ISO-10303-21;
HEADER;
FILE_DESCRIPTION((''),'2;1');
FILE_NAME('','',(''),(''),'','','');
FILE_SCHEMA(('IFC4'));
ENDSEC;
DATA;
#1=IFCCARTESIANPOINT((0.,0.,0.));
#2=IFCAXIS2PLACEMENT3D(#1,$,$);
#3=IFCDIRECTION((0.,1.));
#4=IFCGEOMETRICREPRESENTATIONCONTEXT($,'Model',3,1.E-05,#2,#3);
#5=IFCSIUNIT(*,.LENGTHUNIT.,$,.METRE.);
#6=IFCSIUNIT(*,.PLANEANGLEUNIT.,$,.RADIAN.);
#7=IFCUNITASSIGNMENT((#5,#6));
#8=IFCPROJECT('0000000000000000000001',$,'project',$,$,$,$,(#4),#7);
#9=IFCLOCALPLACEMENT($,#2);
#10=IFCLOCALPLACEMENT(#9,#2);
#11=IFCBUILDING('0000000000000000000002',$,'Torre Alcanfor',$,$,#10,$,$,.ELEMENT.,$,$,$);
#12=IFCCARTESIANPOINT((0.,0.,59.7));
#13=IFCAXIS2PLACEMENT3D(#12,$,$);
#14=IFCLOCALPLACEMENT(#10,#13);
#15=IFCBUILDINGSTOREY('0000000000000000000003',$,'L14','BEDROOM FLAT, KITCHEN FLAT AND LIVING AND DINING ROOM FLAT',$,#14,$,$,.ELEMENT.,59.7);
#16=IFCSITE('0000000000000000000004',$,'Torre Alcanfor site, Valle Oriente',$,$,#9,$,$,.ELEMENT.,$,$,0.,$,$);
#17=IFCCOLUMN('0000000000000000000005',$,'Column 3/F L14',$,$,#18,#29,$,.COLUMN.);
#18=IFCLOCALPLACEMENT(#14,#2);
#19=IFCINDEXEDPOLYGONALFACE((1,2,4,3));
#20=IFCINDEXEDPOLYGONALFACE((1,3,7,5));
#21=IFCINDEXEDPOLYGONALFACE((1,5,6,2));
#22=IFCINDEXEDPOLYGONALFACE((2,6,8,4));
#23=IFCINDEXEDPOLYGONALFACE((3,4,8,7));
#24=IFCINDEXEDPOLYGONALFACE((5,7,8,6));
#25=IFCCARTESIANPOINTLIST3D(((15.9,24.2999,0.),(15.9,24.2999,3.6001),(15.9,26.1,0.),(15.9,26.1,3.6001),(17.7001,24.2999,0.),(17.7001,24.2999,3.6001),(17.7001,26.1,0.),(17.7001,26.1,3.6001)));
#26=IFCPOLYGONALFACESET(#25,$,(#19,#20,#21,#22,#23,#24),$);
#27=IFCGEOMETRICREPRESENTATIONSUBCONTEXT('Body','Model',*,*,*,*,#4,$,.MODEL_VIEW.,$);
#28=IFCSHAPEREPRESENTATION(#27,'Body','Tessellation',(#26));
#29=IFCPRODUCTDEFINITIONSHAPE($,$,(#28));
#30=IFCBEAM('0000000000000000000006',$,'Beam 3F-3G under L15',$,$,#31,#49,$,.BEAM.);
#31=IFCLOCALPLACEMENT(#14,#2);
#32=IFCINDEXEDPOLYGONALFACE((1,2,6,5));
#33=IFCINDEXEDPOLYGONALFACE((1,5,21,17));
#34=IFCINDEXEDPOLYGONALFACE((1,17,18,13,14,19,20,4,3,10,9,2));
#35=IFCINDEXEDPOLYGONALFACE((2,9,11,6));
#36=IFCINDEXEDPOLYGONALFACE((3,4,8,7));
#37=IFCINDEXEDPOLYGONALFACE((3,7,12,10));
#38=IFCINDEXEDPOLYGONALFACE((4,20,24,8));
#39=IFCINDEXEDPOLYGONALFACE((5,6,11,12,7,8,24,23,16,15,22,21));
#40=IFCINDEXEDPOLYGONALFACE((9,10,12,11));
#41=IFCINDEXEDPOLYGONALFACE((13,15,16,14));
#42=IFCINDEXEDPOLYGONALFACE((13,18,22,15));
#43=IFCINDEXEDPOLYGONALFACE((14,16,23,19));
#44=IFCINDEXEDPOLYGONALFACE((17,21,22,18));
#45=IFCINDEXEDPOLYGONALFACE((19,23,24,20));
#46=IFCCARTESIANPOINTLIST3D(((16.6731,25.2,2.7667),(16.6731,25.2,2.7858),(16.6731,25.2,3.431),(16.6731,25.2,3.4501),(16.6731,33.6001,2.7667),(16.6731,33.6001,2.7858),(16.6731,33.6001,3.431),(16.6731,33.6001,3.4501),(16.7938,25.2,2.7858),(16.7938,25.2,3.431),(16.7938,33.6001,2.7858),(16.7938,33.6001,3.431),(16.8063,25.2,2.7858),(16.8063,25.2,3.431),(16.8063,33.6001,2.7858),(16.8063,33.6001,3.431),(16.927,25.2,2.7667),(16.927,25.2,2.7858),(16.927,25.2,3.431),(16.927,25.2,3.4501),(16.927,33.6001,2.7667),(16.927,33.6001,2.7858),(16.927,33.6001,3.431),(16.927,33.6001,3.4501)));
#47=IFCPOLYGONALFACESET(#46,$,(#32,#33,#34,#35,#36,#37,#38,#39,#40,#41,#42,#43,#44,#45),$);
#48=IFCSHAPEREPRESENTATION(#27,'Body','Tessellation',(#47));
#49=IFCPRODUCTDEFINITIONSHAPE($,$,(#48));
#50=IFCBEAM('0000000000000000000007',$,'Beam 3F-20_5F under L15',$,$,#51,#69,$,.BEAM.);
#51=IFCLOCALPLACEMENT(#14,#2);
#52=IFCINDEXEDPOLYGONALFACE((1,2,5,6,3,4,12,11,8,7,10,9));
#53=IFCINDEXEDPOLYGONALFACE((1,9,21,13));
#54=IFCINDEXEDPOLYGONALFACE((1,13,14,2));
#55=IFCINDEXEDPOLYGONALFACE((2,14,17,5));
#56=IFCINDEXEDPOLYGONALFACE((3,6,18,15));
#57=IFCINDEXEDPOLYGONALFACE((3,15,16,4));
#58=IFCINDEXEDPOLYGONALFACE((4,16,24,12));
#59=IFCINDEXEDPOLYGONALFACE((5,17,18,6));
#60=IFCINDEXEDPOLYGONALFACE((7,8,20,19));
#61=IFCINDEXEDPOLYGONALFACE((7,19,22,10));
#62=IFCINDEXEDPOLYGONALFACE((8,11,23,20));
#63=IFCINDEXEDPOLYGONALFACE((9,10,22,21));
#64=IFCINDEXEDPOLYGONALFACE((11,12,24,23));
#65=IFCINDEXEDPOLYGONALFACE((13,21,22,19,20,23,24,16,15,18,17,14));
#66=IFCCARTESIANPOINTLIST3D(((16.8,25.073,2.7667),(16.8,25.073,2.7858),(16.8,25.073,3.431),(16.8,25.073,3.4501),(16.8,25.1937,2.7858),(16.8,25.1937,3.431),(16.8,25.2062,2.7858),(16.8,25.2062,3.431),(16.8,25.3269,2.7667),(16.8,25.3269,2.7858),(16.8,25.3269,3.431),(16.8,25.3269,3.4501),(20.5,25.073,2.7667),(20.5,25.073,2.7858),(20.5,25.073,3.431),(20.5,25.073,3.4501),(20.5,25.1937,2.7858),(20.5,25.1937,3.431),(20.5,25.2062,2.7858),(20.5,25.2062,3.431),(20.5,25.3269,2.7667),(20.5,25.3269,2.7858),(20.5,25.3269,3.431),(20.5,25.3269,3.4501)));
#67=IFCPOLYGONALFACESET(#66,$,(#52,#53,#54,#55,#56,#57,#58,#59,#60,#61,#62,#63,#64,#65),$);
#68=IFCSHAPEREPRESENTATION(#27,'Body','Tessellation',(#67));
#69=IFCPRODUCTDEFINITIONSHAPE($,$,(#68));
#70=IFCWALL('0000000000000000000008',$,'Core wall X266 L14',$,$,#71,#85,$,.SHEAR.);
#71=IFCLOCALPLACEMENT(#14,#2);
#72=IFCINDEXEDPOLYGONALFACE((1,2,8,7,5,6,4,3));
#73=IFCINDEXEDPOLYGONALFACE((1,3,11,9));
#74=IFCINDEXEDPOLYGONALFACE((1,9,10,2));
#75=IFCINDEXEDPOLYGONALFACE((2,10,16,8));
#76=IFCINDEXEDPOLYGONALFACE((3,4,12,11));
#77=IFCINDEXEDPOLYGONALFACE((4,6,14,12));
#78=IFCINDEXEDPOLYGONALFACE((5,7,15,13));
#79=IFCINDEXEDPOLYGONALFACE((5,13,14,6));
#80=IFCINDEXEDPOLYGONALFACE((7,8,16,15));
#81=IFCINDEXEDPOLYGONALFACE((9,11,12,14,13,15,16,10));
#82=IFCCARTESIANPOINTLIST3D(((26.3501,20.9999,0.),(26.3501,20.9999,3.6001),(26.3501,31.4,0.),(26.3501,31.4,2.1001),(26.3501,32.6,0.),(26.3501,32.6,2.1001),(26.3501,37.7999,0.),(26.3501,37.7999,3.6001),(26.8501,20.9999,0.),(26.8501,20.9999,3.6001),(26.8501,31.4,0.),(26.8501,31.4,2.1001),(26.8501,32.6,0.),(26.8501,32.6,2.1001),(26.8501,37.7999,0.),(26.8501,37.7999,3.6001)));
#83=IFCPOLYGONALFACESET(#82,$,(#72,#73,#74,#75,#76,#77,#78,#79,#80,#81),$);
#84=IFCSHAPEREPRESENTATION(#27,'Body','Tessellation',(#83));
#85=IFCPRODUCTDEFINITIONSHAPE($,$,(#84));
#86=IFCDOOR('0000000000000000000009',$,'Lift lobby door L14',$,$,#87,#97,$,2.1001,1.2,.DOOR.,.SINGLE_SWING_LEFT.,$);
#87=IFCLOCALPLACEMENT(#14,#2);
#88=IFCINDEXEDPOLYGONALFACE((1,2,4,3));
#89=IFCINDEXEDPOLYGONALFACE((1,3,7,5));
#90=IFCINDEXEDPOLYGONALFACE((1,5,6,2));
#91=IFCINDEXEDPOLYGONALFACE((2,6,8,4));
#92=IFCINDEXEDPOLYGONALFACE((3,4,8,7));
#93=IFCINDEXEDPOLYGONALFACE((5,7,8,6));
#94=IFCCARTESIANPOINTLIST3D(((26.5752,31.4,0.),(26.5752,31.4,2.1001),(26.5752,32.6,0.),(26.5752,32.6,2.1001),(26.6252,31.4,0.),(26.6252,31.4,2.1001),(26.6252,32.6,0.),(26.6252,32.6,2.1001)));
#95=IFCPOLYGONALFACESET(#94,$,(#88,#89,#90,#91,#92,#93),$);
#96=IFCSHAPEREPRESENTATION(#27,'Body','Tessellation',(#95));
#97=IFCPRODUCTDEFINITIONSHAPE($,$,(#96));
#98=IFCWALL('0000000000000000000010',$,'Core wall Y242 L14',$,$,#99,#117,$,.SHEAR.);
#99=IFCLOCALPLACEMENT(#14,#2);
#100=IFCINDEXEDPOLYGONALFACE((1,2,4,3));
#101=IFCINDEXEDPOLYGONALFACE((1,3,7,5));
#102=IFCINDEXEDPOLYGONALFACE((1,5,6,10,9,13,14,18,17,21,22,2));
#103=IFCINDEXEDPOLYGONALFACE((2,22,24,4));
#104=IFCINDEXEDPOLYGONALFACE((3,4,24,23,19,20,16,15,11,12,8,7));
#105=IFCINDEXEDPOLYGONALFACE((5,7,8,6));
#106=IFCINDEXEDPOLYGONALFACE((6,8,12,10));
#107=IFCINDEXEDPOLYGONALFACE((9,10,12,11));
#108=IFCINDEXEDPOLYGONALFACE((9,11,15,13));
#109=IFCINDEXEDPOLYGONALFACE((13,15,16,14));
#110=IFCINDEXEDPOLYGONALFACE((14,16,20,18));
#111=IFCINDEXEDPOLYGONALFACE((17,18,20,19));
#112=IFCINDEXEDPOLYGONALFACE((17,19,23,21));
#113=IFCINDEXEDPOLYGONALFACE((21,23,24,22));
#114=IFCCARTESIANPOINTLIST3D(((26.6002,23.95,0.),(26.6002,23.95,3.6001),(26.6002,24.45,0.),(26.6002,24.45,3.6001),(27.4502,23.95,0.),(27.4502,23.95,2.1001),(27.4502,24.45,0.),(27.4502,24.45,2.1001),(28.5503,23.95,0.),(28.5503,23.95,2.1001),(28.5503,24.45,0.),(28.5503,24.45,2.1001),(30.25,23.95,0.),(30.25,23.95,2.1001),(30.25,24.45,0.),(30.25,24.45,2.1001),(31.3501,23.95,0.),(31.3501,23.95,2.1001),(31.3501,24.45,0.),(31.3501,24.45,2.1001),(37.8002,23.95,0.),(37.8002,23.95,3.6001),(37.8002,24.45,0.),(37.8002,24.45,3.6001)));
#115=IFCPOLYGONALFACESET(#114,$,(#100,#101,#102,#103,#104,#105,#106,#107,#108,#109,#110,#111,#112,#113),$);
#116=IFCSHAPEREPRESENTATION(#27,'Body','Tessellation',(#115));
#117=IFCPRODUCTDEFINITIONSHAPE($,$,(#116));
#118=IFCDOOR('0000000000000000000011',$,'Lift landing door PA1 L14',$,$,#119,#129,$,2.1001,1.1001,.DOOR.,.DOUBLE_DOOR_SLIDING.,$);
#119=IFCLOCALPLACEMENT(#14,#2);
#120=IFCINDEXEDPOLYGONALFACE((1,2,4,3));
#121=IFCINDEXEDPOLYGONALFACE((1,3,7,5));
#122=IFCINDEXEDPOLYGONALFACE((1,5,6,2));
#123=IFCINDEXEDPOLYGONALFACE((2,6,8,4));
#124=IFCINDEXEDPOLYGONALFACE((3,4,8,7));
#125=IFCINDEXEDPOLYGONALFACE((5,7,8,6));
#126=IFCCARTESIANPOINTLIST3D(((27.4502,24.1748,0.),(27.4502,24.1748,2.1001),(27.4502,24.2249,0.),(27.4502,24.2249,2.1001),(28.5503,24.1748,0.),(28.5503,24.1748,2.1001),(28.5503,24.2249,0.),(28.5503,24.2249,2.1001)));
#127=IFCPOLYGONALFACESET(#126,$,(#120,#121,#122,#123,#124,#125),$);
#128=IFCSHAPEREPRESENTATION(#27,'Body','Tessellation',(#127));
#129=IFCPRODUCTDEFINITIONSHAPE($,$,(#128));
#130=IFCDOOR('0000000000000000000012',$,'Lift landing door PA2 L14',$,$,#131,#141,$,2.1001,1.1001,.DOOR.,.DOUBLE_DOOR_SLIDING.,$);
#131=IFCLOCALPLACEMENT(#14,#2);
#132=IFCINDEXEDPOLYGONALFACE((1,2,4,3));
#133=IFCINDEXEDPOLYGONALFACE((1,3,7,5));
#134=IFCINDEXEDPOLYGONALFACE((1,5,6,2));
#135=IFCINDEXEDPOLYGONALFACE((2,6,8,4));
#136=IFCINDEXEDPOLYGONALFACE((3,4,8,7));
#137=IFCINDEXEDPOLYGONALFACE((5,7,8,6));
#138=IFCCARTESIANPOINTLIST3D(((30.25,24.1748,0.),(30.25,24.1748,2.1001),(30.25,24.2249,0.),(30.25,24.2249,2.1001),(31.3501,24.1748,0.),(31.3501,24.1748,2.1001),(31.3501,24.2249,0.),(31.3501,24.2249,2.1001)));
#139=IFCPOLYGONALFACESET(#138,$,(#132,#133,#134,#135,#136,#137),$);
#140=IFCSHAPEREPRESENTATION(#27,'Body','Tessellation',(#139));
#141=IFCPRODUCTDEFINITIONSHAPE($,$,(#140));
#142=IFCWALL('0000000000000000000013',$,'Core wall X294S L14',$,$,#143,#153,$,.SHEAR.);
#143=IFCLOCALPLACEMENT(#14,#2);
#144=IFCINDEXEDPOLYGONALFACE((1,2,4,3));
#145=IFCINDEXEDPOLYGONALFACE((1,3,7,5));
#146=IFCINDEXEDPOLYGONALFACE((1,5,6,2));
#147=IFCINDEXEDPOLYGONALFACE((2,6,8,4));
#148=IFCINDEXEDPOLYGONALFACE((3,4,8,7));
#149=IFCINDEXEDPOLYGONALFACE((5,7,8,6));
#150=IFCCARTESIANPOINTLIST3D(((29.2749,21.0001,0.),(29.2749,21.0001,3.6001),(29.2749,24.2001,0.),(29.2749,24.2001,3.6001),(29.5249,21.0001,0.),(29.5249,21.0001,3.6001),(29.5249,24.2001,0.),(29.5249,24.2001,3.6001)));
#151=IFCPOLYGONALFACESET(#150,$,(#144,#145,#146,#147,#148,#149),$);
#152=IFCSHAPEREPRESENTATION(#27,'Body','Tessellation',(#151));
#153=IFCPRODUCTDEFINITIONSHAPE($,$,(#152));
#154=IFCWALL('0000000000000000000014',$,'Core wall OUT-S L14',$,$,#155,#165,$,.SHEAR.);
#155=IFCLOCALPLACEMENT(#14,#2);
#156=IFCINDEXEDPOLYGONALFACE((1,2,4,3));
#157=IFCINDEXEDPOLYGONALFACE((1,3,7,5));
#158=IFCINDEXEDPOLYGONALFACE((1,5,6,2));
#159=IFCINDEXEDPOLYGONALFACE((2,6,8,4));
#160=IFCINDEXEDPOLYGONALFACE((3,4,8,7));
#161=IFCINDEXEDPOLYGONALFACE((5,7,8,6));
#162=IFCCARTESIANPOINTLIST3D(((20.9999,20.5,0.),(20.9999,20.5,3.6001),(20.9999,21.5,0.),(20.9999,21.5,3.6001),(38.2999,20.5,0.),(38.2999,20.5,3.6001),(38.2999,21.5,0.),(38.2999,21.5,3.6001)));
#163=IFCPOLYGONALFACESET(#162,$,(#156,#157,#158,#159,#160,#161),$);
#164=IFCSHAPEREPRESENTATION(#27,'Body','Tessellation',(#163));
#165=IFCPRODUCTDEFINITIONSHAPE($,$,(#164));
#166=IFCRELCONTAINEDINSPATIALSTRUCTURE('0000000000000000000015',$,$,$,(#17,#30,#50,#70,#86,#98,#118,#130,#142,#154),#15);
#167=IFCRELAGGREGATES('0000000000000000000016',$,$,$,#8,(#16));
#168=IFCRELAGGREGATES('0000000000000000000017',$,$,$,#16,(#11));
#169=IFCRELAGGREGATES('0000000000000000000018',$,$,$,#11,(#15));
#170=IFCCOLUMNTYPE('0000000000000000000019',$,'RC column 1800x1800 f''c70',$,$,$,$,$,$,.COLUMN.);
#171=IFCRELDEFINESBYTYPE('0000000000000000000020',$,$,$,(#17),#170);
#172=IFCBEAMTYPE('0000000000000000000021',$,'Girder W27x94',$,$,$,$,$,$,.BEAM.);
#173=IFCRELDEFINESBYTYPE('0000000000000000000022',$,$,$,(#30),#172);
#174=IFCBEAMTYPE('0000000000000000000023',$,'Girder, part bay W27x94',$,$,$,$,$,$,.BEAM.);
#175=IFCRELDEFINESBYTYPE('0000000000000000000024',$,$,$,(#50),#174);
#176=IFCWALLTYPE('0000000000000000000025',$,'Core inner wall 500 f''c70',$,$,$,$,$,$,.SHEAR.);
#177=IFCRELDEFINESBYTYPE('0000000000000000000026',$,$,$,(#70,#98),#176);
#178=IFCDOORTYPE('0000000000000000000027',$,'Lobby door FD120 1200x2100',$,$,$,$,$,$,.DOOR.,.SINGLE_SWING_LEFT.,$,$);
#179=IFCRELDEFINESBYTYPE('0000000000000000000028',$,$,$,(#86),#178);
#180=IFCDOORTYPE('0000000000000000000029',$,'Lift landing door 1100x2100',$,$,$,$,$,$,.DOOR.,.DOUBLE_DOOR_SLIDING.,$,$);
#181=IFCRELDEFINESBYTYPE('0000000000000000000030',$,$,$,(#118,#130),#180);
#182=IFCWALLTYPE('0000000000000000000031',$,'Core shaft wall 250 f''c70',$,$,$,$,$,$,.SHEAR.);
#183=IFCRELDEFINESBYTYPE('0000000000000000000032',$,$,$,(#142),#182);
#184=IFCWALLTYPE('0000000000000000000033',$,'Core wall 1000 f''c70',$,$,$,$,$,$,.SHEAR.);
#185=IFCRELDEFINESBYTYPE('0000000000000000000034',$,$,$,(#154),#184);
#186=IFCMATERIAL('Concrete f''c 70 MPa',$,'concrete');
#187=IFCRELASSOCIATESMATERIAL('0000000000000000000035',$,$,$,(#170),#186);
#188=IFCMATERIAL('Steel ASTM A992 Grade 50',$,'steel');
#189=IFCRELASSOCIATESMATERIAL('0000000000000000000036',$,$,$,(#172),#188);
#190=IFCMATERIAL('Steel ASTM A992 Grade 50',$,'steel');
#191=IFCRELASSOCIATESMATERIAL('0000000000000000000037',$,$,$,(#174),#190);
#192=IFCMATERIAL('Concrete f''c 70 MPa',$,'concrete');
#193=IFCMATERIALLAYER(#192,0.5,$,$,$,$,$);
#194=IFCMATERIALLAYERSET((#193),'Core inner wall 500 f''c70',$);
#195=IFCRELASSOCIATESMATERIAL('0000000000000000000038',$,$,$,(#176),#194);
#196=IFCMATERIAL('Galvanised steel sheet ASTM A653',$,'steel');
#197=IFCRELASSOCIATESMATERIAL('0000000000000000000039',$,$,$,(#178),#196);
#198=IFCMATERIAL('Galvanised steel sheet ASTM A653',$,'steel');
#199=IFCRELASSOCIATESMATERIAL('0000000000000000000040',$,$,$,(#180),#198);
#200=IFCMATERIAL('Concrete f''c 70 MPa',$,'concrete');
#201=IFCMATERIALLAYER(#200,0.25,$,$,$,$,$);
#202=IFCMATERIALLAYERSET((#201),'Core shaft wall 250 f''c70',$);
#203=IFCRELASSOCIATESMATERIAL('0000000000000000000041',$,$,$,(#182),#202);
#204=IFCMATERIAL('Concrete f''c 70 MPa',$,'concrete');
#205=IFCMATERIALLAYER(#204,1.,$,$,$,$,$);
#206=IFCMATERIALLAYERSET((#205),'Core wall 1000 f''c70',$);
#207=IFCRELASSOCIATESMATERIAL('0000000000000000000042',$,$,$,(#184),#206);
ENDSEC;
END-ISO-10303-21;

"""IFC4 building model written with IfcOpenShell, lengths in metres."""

from ifc_helpers import new_model, si_unit, direction, frame, frame_2d, origin, origin_2d, place, context, subcontext, project, spatial, rectangle, i_section, extrude, material, layer, layer_set, material_profile, profile_set, type_object, element, fill, save


model = new_model("IFC4")

# Units and contexts
model_context = context("Model", 3, precision=1e-05, world=origin(), true_north=direction((0.0, 1.0)))
body_context = subcontext(model_context, "Body", "Model", "MODEL_VIEW")
ifc_project = project(units=[si_unit("LENGTHUNIT", "METRE"), si_unit("PLANEANGLEUNIT", "RADIAN")], contexts=[model_context])

# Site, building, storey
site_placement = place(None, origin())
site = spatial("IfcSite", under=ifc_project, at=site_placement, Name="Torre Alcanfor site, Valle Oriente", CompositionType="ELEMENT", RefElevation=0.0)
building_placement = place(site_placement, origin())
building = spatial("IfcBuilding", under=site, at=building_placement, Name="Torre Alcanfor", CompositionType="ELEMENT")
storey_placement = place(building_placement, frame((0.0, 0.0, 59.7)))
storey = spatial("IfcBuildingStorey", under=building, at=storey_placement, Name="L14", Description="BEDROOM FLAT, KITCHEN FLAT AND LIVING AND DINING ROOM FLAT", CompositionType="ELEMENT", Elevation=59.7)

# Column
ifc_material_1 = material(Name="Concrete f'c 70 MPa", Category="concrete")
ifc_material_profile_1 = material_profile(ifc_material_1, rectangle(XDim=1.8, YDim=1.8, at=origin_2d()), Name="1800x1800")
ifc_profile_set_1 = profile_set([ifc_material_profile_1], Name="Concrete f'c 70 MPa")
column_type = type_object("IfcColumnType", Name="RC column 1800x1800 f'c70", PredefinedType="COLUMN", material=ifc_profile_set_1)
column_placement = place(storey_placement, frame((16.8, 25.2, 0.0), z_axis=(0.0, 0.0, 1.0), x_axis=(1.0, 0.0, 0.0)))
element("IfcColumn", 1, at=column_placement, inside=storey, type_object=column_type, Name="Column 3/F L14", PredefinedType="COLUMN", context=body_context, shape_type="SweptSolid", body=[
    extrude(rectangle(XDim=1.8, YDim=1.8, at=origin_2d()), origin(), (0.0, 0.0, 1.0), 3.6001),
])

# Beams
ifc_material_2 = material(Name="Steel ASTM A992 Grade 50", Category="steel")
ifc_material_profile_2 = material_profile(ifc_material_2, i_section(OverallWidth=0.2539, OverallDepth=0.6833, WebThickness=0.0125, FlangeThickness=0.019, at=origin_2d()), Name="W27x94")
ifc_profile_set_2 = profile_set([ifc_material_profile_2], Name="Steel ASTM A992 Grade 50")
beam_type_1 = type_object("IfcBeamType", Name="Girder W27x94", PredefinedType="BEAM", material=ifc_profile_set_2)
beam_1_placement = place(storey_placement, frame((16.8, 25.2, 3.1084), z_axis=(0.0, 1.0, 0.0), x_axis=(-1.0, 0.0, 0.0)))
element("IfcBeam", 2, at=beam_1_placement, inside=storey, type_object=beam_type_1, Name="Beam 3F-3G under L15", PredefinedType="BEAM", context=body_context, shape_type="SweptSolid", body=[
    extrude(i_section(OverallWidth=0.2539, OverallDepth=0.6833, WebThickness=0.0125, FlangeThickness=0.019, at=origin_2d()), origin(), (0.0, 0.0, 1.0), 8.4001),
])
ifc_material_3 = material(Name="Steel ASTM A992 Grade 50", Category="steel")
ifc_material_profile_3 = material_profile(ifc_material_3, i_section(OverallWidth=0.2539, OverallDepth=0.6833, WebThickness=0.0125, FlangeThickness=0.019, at=origin_2d()), Name="W27x94")
ifc_profile_set_3 = profile_set([ifc_material_profile_3], Name="Steel ASTM A992 Grade 50")
beam_type_2 = type_object("IfcBeamType", Name="Girder, part bay W27x94", PredefinedType="BEAM", material=ifc_profile_set_3)
beam_2_placement = place(storey_placement, frame((16.8, 25.2, 3.1084), z_axis=(1.0, 0.0, 0.0), x_axis=(0.0, 1.0, 0.0)))
element("IfcBeam", 3, at=beam_2_placement, inside=storey, type_object=beam_type_2, Name="Beam 3F-20_5F under L15", PredefinedType="BEAM", context=body_context, shape_type="SweptSolid", body=[
    extrude(i_section(OverallWidth=0.2539, OverallDepth=0.6833, WebThickness=0.0125, FlangeThickness=0.019, at=origin_2d()), origin(), (0.0, 0.0, 1.0), 3.7),
])

# Wall, opening, door
ifc_material_4 = material(Name="Concrete f'c 70 MPa", Category="concrete")
ifc_layer_1 = layer(ifc_material_4, 0.5)
ifc_layer_set_1 = layer_set([ifc_layer_1], Name="Core inner wall 500 f'c70")
wall_type_1 = type_object("IfcWallType", Name="Core inner wall 500 f'c70", PredefinedType="SHEAR", material=ifc_layer_set_1)
wall_1_placement = place(storey_placement, frame((26.6001, 21.0, 0.0), z_axis=(0.0, 0.0, 1.0), x_axis=(0.0, 1.0, 0.0)))
wall_1 = element("IfcWall", 4, at=wall_1_placement, inside=storey, type_object=wall_type_1, Name="Core wall X266 L14", PredefinedType="SHEAR", context=body_context, shape_type="SweptSolid", body=[
    extrude(rectangle(XDim=16.8, YDim=0.5, at=frame_2d((8.3999, 0.0))), origin(), (0.0, 0.0, 1.0), 3.6001),
])
opening_1_placement = place(wall_1_placement, frame((10.3999, 0.0, 0.0)))
opening_1 = element("IfcOpeningElement", 5, at=opening_1_placement, cuts=wall_1, PredefinedType="OPENING", context=body_context, shape_type="SweptSolid", body=[
    extrude(rectangle(XDim=1.2, YDim=2.1001, at=frame_2d((0.6001, 1.05))), frame((0.0, 0.26, 0.0), z_axis=(0.0, -1.0, 0.0), x_axis=(1.0, 0.0, 0.0)), (0.0, 0.0, 1.0), 0.52),
])
ifc_material_5 = material(Name="Galvanised steel sheet ASTM A653", Category="steel")
door_type_1 = type_object("IfcDoorType", Name="Lobby door FD120 1200x2100", OperationType="SINGLE_SWING_LEFT", PredefinedType="DOOR", material=ifc_material_5)
door_1_placement = place(opening_1_placement, origin())
door_1 = element("IfcDoor", 6, at=door_1_placement, inside=storey, type_object=door_type_1, Name="Lift lobby door L14", OperationType="SINGLE_SWING_LEFT", OverallHeight=2.1001, OverallWidth=1.2, PredefinedType="DOOR", context=body_context, shape_type="SweptSolid", body=[
    extrude(rectangle(XDim=1.2, YDim=2.1001, at=frame_2d((0.6001, 1.05))), frame((0.0, 0.0249, 0.0), z_axis=(0.0, -1.0, 0.0), x_axis=(1.0, 0.0, 0.0)), (0.0, 0.0, 1.0), 0.05),
])
fill(opening_1, door_1)

# Wall, openings, doors
wall_2_placement = place(storey_placement, frame((26.6001, 24.2, 0.0), z_axis=(0.0, 0.0, 1.0), x_axis=(1.0, 0.0, 0.0)))
wall_2 = element("IfcWall", 7, at=wall_2_placement, inside=storey, type_object=wall_type_1, Name="Core wall Y242 L14", PredefinedType="SHEAR", context=body_context, shape_type="SweptSolid", body=[
    extrude(rectangle(XDim=11.2, YDim=0.5, at=frame_2d((5.6001, 0.0))), origin(), (0.0, 0.0, 1.0), 3.6001),
])
opening_2_placement = place(wall_2_placement, frame((0.8501, 0.0, 0.0)))
opening_2 = element("IfcOpeningElement", 8, at=opening_2_placement, cuts=wall_2, PredefinedType="OPENING", context=body_context, shape_type="SweptSolid", body=[
    extrude(rectangle(XDim=1.1001, YDim=2.1001, at=frame_2d((0.55, 1.05))), frame((0.0, 0.26, 0.0), z_axis=(0.0, -1.0, 0.0), x_axis=(1.0, 0.0, 0.0)), (0.0, 0.0, 1.0), 0.52),
])
opening_3_placement = place(wall_2_placement, frame((3.6499, 0.0, 0.0)))
opening_3 = element("IfcOpeningElement", 9, at=opening_3_placement, cuts=wall_2, PredefinedType="OPENING", context=body_context, shape_type="SweptSolid", body=[
    extrude(rectangle(XDim=1.1001, YDim=2.1001, at=frame_2d((0.55, 1.05))), frame((0.0, 0.26, 0.0), z_axis=(0.0, -1.0, 0.0), x_axis=(1.0, 0.0, 0.0)), (0.0, 0.0, 1.0), 0.52),
])
ifc_material_6 = material(Name="Galvanised steel sheet ASTM A653", Category="steel")
door_type_2 = type_object("IfcDoorType", Name="Lift landing door 1100x2100", OperationType="DOUBLE_DOOR_SLIDING", PredefinedType="DOOR", material=ifc_material_6)
door_2_placement = place(opening_2_placement, origin())
door_2 = element("IfcDoor", 10, at=door_2_placement, inside=storey, type_object=door_type_2, Name="Lift landing door PA1 L14", OperationType="DOUBLE_DOOR_SLIDING", OverallHeight=2.1001, OverallWidth=1.1001, PredefinedType="DOOR", context=body_context, shape_type="SweptSolid", body=[
    extrude(rectangle(XDim=1.1001, YDim=2.1001, at=frame_2d((0.55, 1.05))), frame((0.0, 0.0249, 0.0), z_axis=(0.0, -1.0, 0.0), x_axis=(1.0, 0.0, 0.0)), (0.0, 0.0, 1.0), 0.05),
])
fill(opening_2, door_2)
door_3_placement = place(opening_3_placement, origin())
door_3 = element("IfcDoor", 11, at=door_3_placement, inside=storey, type_object=door_type_2, Name="Lift landing door PA2 L14", OperationType="DOUBLE_DOOR_SLIDING", OverallHeight=2.1001, OverallWidth=1.1001, PredefinedType="DOOR", context=body_context, shape_type="SweptSolid", body=[
    extrude(rectangle(XDim=1.1001, YDim=2.1001, at=frame_2d((0.55, 1.05))), frame((0.0, 0.0249, 0.0), z_axis=(0.0, -1.0, 0.0), x_axis=(1.0, 0.0, 0.0)), (0.0, 0.0, 1.0), 0.05),
])
fill(opening_3, door_3)

# Walls
ifc_material_7 = material(Name="Concrete f'c 70 MPa", Category="concrete")
ifc_layer_2 = layer(ifc_material_7, 0.25)
ifc_layer_set_2 = layer_set([ifc_layer_2], Name="Core shaft wall 250 f'c70")
wall_type_2 = type_object("IfcWallType", Name="Core shaft wall 250 f'c70", PredefinedType="SHEAR", material=ifc_layer_set_2)
wall_3_placement = place(storey_placement, frame((29.3999, 21.0, 0.0), z_axis=(0.0, 0.0, 1.0), x_axis=(0.0, 1.0, 0.0)))
element("IfcWall", 12, at=wall_3_placement, inside=storey, type_object=wall_type_2, Name="Core wall X294S L14", PredefinedType="SHEAR", context=body_context, shape_type="SweptSolid", body=[
    extrude(rectangle(XDim=3.2, YDim=0.25, at=frame_2d((1.6001, 0.0))), origin(), (0.0, 0.0, 1.0), 3.6001),
])
ifc_material_8 = material(Name="Concrete f'c 70 MPa", Category="concrete")
ifc_layer_3 = layer(ifc_material_8, 1.0)
ifc_layer_set_3 = layer_set([ifc_layer_3], Name="Core wall 1000 f'c70")
wall_type_3 = type_object("IfcWallType", Name="Core wall 1000 f'c70", PredefinedType="SHEAR", material=ifc_layer_set_3)
wall_4_placement = place(storey_placement, frame((21.0, 21.0, 0.0), z_axis=(0.0, 0.0, 1.0), x_axis=(1.0, 0.0, 0.0)))
element("IfcWall", 13, at=wall_4_placement, inside=storey, type_object=wall_type_3, Name="Core wall OUT-S L14", PredefinedType="SHEAR", context=body_context, shape_type="SweptSolid", body=[
    extrude(rectangle(XDim=17.3, YDim=1.0, at=frame_2d((8.6499, 0.0))), origin(), (0.0, 0.0, 1.0), 3.6001),
])

save(model, "model.ifc")
